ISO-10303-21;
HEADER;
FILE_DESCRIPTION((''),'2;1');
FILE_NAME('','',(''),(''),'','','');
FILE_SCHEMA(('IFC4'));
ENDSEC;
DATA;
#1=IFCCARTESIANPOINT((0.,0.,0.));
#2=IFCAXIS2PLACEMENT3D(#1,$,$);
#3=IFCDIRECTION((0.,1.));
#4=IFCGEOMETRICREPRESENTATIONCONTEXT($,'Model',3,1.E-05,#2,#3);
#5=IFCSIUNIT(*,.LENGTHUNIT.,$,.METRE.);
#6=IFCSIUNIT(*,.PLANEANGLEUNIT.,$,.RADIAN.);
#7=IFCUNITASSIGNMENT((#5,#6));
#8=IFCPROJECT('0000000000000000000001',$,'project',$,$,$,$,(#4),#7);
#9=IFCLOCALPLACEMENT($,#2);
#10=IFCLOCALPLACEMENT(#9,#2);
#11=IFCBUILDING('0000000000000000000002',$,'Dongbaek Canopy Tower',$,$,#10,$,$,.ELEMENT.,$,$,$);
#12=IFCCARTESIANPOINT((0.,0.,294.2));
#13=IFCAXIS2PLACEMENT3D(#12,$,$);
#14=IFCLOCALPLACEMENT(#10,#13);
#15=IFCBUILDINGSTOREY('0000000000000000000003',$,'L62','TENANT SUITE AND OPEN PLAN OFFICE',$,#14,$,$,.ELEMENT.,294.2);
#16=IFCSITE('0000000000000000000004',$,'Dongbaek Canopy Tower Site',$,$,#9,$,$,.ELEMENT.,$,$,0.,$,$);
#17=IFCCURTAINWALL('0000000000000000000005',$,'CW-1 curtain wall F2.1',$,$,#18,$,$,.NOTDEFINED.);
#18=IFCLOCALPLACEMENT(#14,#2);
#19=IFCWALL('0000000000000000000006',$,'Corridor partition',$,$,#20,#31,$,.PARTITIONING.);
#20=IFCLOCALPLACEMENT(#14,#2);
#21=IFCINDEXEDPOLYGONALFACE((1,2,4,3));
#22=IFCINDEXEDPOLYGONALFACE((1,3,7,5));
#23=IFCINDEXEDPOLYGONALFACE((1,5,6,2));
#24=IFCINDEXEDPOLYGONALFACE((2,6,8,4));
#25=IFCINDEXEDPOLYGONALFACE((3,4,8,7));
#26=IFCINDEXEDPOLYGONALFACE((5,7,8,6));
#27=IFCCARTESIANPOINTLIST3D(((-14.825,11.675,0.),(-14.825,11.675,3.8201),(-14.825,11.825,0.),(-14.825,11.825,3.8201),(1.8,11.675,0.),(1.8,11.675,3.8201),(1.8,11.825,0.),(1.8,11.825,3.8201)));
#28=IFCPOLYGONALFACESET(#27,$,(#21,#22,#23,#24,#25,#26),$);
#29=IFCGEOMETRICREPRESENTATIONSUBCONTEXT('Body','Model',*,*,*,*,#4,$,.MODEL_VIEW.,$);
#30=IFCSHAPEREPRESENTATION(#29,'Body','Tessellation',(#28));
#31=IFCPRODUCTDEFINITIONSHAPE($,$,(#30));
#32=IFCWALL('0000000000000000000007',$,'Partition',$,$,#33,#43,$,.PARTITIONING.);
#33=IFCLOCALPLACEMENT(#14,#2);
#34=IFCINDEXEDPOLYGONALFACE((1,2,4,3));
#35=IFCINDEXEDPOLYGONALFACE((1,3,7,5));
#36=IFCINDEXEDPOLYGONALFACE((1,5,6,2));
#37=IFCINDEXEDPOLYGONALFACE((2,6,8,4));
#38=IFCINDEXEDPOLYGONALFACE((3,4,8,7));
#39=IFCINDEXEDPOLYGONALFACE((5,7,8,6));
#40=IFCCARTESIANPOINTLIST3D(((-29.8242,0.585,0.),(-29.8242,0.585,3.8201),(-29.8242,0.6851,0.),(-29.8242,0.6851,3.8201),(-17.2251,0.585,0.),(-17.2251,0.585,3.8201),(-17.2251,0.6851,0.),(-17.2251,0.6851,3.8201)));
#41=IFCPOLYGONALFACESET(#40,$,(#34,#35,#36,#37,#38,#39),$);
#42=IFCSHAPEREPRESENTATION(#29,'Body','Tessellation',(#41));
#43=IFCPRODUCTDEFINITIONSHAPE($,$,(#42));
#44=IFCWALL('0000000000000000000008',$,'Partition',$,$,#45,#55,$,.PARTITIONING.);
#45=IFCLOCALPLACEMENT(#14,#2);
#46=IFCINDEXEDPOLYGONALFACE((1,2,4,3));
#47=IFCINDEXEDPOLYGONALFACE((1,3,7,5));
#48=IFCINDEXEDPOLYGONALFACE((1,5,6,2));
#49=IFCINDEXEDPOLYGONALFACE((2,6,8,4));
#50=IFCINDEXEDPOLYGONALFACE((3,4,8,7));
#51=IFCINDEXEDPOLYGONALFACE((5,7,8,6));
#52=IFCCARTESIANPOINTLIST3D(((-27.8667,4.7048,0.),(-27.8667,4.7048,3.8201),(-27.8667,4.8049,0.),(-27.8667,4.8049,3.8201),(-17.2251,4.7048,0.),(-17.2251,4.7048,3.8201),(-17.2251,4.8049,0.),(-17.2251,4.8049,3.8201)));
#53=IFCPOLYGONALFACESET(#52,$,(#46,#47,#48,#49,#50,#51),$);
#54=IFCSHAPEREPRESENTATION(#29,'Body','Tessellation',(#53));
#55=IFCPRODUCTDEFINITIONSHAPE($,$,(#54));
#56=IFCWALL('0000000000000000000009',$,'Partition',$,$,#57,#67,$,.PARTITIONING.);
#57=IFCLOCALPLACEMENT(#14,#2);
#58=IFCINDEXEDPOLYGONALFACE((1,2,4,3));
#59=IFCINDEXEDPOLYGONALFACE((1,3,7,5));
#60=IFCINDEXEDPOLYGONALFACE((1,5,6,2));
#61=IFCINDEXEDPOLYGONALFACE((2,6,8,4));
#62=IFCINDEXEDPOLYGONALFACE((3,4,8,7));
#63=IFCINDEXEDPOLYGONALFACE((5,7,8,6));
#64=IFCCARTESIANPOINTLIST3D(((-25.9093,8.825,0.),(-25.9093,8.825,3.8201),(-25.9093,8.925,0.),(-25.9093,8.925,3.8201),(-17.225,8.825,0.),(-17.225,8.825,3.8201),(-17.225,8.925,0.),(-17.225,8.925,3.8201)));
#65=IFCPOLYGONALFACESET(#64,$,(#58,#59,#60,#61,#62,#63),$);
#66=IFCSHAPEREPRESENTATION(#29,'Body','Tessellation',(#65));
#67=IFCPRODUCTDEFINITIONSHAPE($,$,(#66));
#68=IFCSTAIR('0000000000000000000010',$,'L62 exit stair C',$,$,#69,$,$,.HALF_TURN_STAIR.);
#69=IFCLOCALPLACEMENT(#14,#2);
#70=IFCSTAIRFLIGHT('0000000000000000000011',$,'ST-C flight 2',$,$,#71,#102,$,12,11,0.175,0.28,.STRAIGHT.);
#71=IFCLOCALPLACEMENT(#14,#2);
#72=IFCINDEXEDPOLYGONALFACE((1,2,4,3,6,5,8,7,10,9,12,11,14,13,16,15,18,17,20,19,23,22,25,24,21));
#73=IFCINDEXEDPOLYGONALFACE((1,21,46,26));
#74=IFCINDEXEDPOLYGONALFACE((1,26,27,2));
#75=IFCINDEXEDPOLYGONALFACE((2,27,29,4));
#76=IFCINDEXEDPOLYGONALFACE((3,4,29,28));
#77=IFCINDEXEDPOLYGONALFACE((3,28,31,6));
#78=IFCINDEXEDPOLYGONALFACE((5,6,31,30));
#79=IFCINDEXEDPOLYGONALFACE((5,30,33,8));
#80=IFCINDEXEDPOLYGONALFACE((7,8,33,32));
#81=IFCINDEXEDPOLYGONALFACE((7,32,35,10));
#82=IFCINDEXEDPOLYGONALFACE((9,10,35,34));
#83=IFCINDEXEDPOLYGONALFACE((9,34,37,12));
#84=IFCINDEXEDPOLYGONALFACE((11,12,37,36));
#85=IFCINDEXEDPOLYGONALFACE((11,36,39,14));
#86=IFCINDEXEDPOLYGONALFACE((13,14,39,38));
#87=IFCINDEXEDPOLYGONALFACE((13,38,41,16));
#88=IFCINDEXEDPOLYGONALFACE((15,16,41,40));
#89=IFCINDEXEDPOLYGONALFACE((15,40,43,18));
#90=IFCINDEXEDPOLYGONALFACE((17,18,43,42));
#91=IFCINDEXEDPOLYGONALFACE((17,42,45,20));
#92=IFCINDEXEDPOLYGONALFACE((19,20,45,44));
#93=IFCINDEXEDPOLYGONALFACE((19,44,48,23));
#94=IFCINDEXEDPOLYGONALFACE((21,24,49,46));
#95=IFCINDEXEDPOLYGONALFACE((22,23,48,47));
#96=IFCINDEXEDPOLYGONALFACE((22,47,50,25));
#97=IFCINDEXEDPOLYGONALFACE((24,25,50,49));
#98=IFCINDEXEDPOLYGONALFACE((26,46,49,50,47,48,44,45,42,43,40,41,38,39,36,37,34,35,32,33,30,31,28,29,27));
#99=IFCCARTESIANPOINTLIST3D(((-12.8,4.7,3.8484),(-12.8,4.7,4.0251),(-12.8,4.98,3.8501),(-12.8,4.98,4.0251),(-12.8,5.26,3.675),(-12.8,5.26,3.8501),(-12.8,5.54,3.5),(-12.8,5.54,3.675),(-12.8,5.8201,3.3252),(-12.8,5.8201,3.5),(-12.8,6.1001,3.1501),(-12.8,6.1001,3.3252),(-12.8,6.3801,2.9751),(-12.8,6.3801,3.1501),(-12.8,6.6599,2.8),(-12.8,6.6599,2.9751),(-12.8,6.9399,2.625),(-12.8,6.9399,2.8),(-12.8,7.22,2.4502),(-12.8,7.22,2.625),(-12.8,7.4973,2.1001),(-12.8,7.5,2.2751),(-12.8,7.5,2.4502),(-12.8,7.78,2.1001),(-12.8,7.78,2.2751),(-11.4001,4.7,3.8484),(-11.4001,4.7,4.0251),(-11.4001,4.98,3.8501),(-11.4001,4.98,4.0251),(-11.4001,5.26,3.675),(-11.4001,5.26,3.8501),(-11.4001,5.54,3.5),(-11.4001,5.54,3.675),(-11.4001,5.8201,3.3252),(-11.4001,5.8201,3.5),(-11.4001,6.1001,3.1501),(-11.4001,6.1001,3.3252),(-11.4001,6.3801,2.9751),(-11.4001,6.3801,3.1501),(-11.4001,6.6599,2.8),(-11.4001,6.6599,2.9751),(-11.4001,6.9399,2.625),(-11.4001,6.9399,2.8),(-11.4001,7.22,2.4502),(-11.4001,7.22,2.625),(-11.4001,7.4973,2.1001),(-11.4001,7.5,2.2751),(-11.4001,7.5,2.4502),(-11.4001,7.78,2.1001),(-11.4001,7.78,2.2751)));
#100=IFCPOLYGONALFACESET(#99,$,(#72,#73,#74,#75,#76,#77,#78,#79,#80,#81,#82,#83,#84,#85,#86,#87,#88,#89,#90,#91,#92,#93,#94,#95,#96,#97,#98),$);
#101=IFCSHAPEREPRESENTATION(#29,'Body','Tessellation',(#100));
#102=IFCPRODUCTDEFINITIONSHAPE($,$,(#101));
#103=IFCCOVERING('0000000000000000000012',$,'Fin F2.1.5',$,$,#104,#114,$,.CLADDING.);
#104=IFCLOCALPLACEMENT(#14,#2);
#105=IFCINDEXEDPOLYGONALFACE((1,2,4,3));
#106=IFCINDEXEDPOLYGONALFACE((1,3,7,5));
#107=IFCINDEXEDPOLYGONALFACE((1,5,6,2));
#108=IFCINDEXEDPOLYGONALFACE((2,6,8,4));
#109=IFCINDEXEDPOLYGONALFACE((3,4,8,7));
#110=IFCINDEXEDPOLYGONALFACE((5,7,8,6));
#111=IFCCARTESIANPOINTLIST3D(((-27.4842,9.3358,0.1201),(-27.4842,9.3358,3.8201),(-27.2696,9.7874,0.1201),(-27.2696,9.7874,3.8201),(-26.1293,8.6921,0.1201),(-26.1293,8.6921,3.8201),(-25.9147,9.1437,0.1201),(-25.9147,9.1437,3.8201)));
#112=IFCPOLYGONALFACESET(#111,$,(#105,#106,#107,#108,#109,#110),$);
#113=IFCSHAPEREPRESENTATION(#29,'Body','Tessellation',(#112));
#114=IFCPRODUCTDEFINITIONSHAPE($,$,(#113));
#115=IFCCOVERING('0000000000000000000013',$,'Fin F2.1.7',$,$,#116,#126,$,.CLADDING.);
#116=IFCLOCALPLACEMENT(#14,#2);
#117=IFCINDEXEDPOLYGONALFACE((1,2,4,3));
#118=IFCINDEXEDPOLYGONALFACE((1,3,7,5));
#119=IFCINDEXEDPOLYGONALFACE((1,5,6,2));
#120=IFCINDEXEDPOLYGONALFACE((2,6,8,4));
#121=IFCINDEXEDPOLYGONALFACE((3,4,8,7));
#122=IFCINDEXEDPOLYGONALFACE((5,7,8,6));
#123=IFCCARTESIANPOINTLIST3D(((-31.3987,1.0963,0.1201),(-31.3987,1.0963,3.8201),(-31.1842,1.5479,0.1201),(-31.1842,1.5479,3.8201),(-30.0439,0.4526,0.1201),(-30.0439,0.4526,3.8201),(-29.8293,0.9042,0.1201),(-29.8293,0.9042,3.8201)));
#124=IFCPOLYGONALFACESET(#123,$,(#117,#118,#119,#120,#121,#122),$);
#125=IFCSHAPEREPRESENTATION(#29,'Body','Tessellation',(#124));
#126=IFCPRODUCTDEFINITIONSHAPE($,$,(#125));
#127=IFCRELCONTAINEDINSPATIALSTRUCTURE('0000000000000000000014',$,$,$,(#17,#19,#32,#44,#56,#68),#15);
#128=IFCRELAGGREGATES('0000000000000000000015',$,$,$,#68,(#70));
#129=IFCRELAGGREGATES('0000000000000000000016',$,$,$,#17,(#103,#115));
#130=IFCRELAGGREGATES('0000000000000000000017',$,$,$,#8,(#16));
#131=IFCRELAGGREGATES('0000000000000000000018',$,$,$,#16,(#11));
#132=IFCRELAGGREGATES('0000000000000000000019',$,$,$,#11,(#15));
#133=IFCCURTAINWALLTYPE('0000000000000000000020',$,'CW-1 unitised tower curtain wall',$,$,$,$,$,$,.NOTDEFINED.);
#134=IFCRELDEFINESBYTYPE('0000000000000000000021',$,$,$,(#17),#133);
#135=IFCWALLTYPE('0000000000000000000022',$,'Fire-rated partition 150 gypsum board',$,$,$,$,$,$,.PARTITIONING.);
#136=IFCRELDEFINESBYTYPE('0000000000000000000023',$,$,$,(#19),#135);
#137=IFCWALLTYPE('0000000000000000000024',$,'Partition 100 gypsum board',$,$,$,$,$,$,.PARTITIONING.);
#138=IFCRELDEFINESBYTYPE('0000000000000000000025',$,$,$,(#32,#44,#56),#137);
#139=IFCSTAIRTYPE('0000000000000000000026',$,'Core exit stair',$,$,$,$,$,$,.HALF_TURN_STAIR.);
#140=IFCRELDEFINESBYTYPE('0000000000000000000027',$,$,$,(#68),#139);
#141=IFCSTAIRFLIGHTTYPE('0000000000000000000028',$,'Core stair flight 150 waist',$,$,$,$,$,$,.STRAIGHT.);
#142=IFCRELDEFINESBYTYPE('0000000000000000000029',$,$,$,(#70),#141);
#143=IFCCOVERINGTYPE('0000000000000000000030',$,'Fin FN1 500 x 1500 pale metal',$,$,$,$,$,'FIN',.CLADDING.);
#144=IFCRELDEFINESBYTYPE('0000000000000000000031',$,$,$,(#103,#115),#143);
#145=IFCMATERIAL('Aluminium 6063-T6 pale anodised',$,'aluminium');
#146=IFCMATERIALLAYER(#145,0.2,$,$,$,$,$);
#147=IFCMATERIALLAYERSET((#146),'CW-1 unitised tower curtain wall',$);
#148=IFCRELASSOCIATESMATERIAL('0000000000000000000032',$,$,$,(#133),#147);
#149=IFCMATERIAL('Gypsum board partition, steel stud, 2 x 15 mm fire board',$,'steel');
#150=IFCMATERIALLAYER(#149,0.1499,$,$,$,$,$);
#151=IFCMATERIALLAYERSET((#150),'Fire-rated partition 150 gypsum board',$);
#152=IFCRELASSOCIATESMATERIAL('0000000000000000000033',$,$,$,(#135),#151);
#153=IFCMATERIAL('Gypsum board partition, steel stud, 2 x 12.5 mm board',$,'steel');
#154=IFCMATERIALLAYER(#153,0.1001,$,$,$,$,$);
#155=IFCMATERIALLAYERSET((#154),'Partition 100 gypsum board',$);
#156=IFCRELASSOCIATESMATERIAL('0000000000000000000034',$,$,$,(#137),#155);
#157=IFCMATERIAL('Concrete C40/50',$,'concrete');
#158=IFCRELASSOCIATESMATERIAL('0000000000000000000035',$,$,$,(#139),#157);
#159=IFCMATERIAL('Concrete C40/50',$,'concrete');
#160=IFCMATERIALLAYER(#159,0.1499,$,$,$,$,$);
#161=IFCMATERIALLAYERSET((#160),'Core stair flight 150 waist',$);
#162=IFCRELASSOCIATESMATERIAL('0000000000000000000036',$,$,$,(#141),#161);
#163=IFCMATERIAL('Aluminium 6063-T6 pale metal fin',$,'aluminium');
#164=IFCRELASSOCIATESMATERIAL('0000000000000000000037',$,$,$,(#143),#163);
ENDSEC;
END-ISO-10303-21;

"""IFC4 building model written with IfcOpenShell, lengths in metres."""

from ifc_helpers import new_model, si_unit, direction, frame, frame_2d, origin, origin_2d, place, context, subcontext, project, spatial, polyline, rectangle, outline, extrude, material, layer, layer_set, material_profile, profile_set, type_object, element, aggregate, save


model = new_model("IFC4")

# Units and contexts
model_context = context("Model", 3, precision=1e-05, world=origin(), true_north=direction((0.0, 1.0)))
body_context = subcontext(model_context, "Body", "Model", "MODEL_VIEW")
ifc_project = project(units=[si_unit("LENGTHUNIT", "METRE"), si_unit("PLANEANGLEUNIT", "RADIAN")], contexts=[model_context])

# Site, building, storey
site_placement = place(None, origin())
site = spatial("IfcSite", under=ifc_project, at=site_placement, Name="Dongbaek Canopy Tower Site", CompositionType="ELEMENT", RefElevation=0.0)
building_placement = place(site_placement, origin())
building = spatial("IfcBuilding", under=site, at=building_placement, Name="Dongbaek Canopy Tower", CompositionType="ELEMENT")
storey_placement = place(building_placement, frame((0.0, 0.0, 294.2)))
storey = spatial("IfcBuildingStorey", under=building, at=storey_placement, Name="L62", Description="TENANT SUITE AND OPEN PLAN OFFICE", CompositionType="ELEMENT", Elevation=294.2)

# Curtain wall
ifc_material_1 = material(Name="Aluminium 6063-T6 pale anodised", Category="aluminium")
ifc_layer_1 = layer(ifc_material_1, 0.2)
ifc_layer_set_1 = layer_set([ifc_layer_1], Name="CW-1 unitised tower curtain wall")
curtain_wall_type = type_object("IfcCurtainWallType", Name="CW-1 unitised tower curtain wall", PredefinedType="NOTDEFINED", material=ifc_layer_set_1)
curtain_wall_placement = place(storey_placement, origin())
curtain_wall = element("IfcCurtainWall", 1, at=curtain_wall_placement, inside=storey, type_object=curtain_wall_type, Name="CW-1 curtain wall F2.1", PredefinedType="NOTDEFINED")

# Walls
ifc_material_2 = material(Name="Gypsum board partition, steel stud, 2 x 15 mm fire board", Category="steel")
ifc_layer_2 = layer(ifc_material_2, 0.1499)
ifc_layer_set_2 = layer_set([ifc_layer_2], Name="Fire-rated partition 150 gypsum board")
wall_type_1 = type_object("IfcWallType", Name="Fire-rated partition 150 gypsum board", PredefinedType="PARTITIONING", material=ifc_layer_set_2)
wall_1_placement = place(storey_placement, frame((-14.825, 11.75, 0.0), z_axis=(0.0, 0.0, 1.0), x_axis=(1.0, 0.0, 0.0)))
element("IfcWall", 2, at=wall_1_placement, inside=storey, type_object=wall_type_1, Name="Corridor partition", PredefinedType="PARTITIONING", context=body_context, shape_type="SweptSolid", body=[
    extrude(rectangle(XDim=16.625, YDim=0.1499, at=frame_2d((8.3125, 0.0))), origin(), (0.0, 0.0, 1.0), 3.8201),
])
ifc_material_3 = material(Name="Gypsum board partition, steel stud, 2 x 12.5 mm board", Category="steel")
ifc_layer_3 = layer(ifc_material_3, 0.1001)
ifc_layer_set_3 = layer_set([ifc_layer_3], Name="Partition 100 gypsum board")
wall_type_2 = type_object("IfcWallType", Name="Partition 100 gypsum board", PredefinedType="PARTITIONING", material=ifc_layer_set_3)
wall_2_placement = place(storey_placement, frame((-29.8242, 0.635, 0.0), z_axis=(0.0, 0.0, 1.0), x_axis=(1.0, 0.0, 0.0)))
element("IfcWall", 3, at=wall_2_placement, inside=storey, type_object=wall_type_2, Name="Partition", PredefinedType="PARTITIONING", context=body_context, shape_type="SweptSolid", body=[
    extrude(rectangle(XDim=12.5991, YDim=0.1001, at=frame_2d((6.2996, 0.0))), origin(), (0.0, 0.0, 1.0), 3.8201),
])
wall_3_placement = place(storey_placement, frame((-27.8667, 4.7549, 0.0), z_axis=(0.0, 0.0, 1.0), x_axis=(1.0, 0.0, 0.0)))
element("IfcWall", 4, at=wall_3_placement, inside=storey, type_object=wall_type_2, Name="Partition", PredefinedType="PARTITIONING", context=body_context, shape_type="SweptSolid", body=[
    extrude(rectangle(XDim=10.6416, YDim=0.1001, at=frame_2d((5.3208, 0.0))), origin(), (0.0, 0.0, 1.0), 3.8201),
])
wall_4_placement = place(storey_placement, frame((-25.9094, 8.875, 0.0), z_axis=(0.0, 0.0, 1.0), x_axis=(1.0, 0.0, 0.0)))
element("IfcWall", 5, at=wall_4_placement, inside=storey, type_object=wall_type_2, Name="Partition", PredefinedType="PARTITIONING", context=body_context, shape_type="SweptSolid", body=[
    extrude(rectangle(XDim=8.6843, YDim=0.1001, at=frame_2d((4.3423, 0.0))), origin(), (0.0, 0.0, 1.0), 3.8201),
])

# Stair, stair flight
ifc_material_4 = material(Name="Concrete C40/50", Category="concrete")
stair_type = type_object("IfcStairType", Name="Core exit stair", PredefinedType="HALF_TURN_STAIR", material=ifc_material_4)
stair_placement = place(storey_placement, origin())
stair = element("IfcStair", 6, at=stair_placement, inside=storey, type_object=stair_type, Name="L62 exit stair C", PredefinedType="HALF_TURN_STAIR")
ifc_material_5 = material(Name="Concrete C40/50", Category="concrete")
ifc_layer_4 = layer(ifc_material_5, 0.1499)
ifc_layer_set_4 = layer_set([ifc_layer_4], Name="Core stair flight 150 waist")
stair_flight_type = type_object("IfcStairFlightType", Name="Core stair flight 150 waist", PredefinedType="STRAIGHT", material=ifc_layer_set_4)
stair_flight_placement = place(storey_placement, frame((-12.1001, 7.78, 2.1001), z_axis=(0.0, 0.0, 1.0), x_axis=(0.0, -1.0, 0.0)))
stair_flight = element("IfcStairFlight", 7, at=stair_flight_placement, type_object=stair_flight_type, Name="ST-C flight 2", NumberOfRisers=12, NumberOfTreads=11, PredefinedType="STRAIGHT", RiserHeight=0.175, TreadLength=0.28, context=body_context, shape_type="SweptSolid", body=[
    extrude(outline(polyline([(0.0, 0.0), (0.0, 0.175), (0.28, 0.175), (0.28, 0.3501), (0.5601, 0.3501), (0.5601, 0.5249), (0.8401, 0.5249), (0.8401, 0.7), (1.1201, 0.7), (1.1201, 0.875), (1.3999, 0.875), (1.3999, 1.05), (1.6799, 1.05), (1.6799, 1.2251), (1.96, 1.2251), (1.96, 1.3999), (2.24, 1.3999), (2.24, 1.575), (2.52, 1.575), (2.52, 1.75), (2.8, 1.75), (2.8, 1.925), (3.0801, 1.925), (3.0801, 2.1001), (3.0801, 1.7483), (0.2827, 0.0), (0.0, 0.0)])), frame((0.0, 0.7, 0.0), z_axis=(0.0, -1.0, 0.0), x_axis=(1.0, 0.0, 0.0)), (0.0, 0.0, 1.0), 1.3999),
])
aggregate(stair, [stair_flight])

# Coverings
ifc_material_6 = material(Name="Aluminium 6063-T6 pale metal fin", Category="aluminium")
ifc_material_profile_1 = material_profile(ifc_material_6, rectangle(XDim=1.5, YDim=0.5, at=origin_2d()), Name="Fin FN1 500 x 1500 pale metal")
ifc_profile_set_1 = profile_set([ifc_material_profile_1], Name="Aluminium 6063-T6 pale metal fin")
covering_type = type_object("IfcCoveringType", Name="Fin FN1 500 x 1500 pale metal", ElementType="FIN", PredefinedType="CLADDING", material=ifc_profile_set_1)
covering_1_placement = place(storey_placement, frame((-26.6995, 9.2397, 0.1201), z_axis=(0.0, 0.0, 1.0), x_axis=(-0.903236, 0.429143, 0.0)))
covering_1 = element("IfcCovering", 8, at=covering_1_placement, type_object=covering_type, Name="Fin F2.1.5", PredefinedType="CLADDING", context=body_context, shape_type="SweptSolid", body=[
    extrude(rectangle(XDim=1.5, YDim=0.5, at=origin_2d()), origin(), (0.0, 0.0, 1.0), 3.7),
])
covering_2_placement = place(storey_placement, frame((-30.614, 1.0002, 0.1201), z_axis=(0.0, 0.0, 1.0), x_axis=(-0.903236, 0.429143, 0.0)))
covering_2 = element("IfcCovering", 9, at=covering_2_placement, type_object=covering_type, Name="Fin F2.1.7", PredefinedType="CLADDING", context=body_context, shape_type="SweptSolid", body=[
    extrude(rectangle(XDim=1.5, YDim=0.5, at=origin_2d()), origin(), (0.0, 0.0, 1.0), 3.7),
])
aggregate(curtain_wall, [covering_1, covering_2])

save(model, "model.ifc")
